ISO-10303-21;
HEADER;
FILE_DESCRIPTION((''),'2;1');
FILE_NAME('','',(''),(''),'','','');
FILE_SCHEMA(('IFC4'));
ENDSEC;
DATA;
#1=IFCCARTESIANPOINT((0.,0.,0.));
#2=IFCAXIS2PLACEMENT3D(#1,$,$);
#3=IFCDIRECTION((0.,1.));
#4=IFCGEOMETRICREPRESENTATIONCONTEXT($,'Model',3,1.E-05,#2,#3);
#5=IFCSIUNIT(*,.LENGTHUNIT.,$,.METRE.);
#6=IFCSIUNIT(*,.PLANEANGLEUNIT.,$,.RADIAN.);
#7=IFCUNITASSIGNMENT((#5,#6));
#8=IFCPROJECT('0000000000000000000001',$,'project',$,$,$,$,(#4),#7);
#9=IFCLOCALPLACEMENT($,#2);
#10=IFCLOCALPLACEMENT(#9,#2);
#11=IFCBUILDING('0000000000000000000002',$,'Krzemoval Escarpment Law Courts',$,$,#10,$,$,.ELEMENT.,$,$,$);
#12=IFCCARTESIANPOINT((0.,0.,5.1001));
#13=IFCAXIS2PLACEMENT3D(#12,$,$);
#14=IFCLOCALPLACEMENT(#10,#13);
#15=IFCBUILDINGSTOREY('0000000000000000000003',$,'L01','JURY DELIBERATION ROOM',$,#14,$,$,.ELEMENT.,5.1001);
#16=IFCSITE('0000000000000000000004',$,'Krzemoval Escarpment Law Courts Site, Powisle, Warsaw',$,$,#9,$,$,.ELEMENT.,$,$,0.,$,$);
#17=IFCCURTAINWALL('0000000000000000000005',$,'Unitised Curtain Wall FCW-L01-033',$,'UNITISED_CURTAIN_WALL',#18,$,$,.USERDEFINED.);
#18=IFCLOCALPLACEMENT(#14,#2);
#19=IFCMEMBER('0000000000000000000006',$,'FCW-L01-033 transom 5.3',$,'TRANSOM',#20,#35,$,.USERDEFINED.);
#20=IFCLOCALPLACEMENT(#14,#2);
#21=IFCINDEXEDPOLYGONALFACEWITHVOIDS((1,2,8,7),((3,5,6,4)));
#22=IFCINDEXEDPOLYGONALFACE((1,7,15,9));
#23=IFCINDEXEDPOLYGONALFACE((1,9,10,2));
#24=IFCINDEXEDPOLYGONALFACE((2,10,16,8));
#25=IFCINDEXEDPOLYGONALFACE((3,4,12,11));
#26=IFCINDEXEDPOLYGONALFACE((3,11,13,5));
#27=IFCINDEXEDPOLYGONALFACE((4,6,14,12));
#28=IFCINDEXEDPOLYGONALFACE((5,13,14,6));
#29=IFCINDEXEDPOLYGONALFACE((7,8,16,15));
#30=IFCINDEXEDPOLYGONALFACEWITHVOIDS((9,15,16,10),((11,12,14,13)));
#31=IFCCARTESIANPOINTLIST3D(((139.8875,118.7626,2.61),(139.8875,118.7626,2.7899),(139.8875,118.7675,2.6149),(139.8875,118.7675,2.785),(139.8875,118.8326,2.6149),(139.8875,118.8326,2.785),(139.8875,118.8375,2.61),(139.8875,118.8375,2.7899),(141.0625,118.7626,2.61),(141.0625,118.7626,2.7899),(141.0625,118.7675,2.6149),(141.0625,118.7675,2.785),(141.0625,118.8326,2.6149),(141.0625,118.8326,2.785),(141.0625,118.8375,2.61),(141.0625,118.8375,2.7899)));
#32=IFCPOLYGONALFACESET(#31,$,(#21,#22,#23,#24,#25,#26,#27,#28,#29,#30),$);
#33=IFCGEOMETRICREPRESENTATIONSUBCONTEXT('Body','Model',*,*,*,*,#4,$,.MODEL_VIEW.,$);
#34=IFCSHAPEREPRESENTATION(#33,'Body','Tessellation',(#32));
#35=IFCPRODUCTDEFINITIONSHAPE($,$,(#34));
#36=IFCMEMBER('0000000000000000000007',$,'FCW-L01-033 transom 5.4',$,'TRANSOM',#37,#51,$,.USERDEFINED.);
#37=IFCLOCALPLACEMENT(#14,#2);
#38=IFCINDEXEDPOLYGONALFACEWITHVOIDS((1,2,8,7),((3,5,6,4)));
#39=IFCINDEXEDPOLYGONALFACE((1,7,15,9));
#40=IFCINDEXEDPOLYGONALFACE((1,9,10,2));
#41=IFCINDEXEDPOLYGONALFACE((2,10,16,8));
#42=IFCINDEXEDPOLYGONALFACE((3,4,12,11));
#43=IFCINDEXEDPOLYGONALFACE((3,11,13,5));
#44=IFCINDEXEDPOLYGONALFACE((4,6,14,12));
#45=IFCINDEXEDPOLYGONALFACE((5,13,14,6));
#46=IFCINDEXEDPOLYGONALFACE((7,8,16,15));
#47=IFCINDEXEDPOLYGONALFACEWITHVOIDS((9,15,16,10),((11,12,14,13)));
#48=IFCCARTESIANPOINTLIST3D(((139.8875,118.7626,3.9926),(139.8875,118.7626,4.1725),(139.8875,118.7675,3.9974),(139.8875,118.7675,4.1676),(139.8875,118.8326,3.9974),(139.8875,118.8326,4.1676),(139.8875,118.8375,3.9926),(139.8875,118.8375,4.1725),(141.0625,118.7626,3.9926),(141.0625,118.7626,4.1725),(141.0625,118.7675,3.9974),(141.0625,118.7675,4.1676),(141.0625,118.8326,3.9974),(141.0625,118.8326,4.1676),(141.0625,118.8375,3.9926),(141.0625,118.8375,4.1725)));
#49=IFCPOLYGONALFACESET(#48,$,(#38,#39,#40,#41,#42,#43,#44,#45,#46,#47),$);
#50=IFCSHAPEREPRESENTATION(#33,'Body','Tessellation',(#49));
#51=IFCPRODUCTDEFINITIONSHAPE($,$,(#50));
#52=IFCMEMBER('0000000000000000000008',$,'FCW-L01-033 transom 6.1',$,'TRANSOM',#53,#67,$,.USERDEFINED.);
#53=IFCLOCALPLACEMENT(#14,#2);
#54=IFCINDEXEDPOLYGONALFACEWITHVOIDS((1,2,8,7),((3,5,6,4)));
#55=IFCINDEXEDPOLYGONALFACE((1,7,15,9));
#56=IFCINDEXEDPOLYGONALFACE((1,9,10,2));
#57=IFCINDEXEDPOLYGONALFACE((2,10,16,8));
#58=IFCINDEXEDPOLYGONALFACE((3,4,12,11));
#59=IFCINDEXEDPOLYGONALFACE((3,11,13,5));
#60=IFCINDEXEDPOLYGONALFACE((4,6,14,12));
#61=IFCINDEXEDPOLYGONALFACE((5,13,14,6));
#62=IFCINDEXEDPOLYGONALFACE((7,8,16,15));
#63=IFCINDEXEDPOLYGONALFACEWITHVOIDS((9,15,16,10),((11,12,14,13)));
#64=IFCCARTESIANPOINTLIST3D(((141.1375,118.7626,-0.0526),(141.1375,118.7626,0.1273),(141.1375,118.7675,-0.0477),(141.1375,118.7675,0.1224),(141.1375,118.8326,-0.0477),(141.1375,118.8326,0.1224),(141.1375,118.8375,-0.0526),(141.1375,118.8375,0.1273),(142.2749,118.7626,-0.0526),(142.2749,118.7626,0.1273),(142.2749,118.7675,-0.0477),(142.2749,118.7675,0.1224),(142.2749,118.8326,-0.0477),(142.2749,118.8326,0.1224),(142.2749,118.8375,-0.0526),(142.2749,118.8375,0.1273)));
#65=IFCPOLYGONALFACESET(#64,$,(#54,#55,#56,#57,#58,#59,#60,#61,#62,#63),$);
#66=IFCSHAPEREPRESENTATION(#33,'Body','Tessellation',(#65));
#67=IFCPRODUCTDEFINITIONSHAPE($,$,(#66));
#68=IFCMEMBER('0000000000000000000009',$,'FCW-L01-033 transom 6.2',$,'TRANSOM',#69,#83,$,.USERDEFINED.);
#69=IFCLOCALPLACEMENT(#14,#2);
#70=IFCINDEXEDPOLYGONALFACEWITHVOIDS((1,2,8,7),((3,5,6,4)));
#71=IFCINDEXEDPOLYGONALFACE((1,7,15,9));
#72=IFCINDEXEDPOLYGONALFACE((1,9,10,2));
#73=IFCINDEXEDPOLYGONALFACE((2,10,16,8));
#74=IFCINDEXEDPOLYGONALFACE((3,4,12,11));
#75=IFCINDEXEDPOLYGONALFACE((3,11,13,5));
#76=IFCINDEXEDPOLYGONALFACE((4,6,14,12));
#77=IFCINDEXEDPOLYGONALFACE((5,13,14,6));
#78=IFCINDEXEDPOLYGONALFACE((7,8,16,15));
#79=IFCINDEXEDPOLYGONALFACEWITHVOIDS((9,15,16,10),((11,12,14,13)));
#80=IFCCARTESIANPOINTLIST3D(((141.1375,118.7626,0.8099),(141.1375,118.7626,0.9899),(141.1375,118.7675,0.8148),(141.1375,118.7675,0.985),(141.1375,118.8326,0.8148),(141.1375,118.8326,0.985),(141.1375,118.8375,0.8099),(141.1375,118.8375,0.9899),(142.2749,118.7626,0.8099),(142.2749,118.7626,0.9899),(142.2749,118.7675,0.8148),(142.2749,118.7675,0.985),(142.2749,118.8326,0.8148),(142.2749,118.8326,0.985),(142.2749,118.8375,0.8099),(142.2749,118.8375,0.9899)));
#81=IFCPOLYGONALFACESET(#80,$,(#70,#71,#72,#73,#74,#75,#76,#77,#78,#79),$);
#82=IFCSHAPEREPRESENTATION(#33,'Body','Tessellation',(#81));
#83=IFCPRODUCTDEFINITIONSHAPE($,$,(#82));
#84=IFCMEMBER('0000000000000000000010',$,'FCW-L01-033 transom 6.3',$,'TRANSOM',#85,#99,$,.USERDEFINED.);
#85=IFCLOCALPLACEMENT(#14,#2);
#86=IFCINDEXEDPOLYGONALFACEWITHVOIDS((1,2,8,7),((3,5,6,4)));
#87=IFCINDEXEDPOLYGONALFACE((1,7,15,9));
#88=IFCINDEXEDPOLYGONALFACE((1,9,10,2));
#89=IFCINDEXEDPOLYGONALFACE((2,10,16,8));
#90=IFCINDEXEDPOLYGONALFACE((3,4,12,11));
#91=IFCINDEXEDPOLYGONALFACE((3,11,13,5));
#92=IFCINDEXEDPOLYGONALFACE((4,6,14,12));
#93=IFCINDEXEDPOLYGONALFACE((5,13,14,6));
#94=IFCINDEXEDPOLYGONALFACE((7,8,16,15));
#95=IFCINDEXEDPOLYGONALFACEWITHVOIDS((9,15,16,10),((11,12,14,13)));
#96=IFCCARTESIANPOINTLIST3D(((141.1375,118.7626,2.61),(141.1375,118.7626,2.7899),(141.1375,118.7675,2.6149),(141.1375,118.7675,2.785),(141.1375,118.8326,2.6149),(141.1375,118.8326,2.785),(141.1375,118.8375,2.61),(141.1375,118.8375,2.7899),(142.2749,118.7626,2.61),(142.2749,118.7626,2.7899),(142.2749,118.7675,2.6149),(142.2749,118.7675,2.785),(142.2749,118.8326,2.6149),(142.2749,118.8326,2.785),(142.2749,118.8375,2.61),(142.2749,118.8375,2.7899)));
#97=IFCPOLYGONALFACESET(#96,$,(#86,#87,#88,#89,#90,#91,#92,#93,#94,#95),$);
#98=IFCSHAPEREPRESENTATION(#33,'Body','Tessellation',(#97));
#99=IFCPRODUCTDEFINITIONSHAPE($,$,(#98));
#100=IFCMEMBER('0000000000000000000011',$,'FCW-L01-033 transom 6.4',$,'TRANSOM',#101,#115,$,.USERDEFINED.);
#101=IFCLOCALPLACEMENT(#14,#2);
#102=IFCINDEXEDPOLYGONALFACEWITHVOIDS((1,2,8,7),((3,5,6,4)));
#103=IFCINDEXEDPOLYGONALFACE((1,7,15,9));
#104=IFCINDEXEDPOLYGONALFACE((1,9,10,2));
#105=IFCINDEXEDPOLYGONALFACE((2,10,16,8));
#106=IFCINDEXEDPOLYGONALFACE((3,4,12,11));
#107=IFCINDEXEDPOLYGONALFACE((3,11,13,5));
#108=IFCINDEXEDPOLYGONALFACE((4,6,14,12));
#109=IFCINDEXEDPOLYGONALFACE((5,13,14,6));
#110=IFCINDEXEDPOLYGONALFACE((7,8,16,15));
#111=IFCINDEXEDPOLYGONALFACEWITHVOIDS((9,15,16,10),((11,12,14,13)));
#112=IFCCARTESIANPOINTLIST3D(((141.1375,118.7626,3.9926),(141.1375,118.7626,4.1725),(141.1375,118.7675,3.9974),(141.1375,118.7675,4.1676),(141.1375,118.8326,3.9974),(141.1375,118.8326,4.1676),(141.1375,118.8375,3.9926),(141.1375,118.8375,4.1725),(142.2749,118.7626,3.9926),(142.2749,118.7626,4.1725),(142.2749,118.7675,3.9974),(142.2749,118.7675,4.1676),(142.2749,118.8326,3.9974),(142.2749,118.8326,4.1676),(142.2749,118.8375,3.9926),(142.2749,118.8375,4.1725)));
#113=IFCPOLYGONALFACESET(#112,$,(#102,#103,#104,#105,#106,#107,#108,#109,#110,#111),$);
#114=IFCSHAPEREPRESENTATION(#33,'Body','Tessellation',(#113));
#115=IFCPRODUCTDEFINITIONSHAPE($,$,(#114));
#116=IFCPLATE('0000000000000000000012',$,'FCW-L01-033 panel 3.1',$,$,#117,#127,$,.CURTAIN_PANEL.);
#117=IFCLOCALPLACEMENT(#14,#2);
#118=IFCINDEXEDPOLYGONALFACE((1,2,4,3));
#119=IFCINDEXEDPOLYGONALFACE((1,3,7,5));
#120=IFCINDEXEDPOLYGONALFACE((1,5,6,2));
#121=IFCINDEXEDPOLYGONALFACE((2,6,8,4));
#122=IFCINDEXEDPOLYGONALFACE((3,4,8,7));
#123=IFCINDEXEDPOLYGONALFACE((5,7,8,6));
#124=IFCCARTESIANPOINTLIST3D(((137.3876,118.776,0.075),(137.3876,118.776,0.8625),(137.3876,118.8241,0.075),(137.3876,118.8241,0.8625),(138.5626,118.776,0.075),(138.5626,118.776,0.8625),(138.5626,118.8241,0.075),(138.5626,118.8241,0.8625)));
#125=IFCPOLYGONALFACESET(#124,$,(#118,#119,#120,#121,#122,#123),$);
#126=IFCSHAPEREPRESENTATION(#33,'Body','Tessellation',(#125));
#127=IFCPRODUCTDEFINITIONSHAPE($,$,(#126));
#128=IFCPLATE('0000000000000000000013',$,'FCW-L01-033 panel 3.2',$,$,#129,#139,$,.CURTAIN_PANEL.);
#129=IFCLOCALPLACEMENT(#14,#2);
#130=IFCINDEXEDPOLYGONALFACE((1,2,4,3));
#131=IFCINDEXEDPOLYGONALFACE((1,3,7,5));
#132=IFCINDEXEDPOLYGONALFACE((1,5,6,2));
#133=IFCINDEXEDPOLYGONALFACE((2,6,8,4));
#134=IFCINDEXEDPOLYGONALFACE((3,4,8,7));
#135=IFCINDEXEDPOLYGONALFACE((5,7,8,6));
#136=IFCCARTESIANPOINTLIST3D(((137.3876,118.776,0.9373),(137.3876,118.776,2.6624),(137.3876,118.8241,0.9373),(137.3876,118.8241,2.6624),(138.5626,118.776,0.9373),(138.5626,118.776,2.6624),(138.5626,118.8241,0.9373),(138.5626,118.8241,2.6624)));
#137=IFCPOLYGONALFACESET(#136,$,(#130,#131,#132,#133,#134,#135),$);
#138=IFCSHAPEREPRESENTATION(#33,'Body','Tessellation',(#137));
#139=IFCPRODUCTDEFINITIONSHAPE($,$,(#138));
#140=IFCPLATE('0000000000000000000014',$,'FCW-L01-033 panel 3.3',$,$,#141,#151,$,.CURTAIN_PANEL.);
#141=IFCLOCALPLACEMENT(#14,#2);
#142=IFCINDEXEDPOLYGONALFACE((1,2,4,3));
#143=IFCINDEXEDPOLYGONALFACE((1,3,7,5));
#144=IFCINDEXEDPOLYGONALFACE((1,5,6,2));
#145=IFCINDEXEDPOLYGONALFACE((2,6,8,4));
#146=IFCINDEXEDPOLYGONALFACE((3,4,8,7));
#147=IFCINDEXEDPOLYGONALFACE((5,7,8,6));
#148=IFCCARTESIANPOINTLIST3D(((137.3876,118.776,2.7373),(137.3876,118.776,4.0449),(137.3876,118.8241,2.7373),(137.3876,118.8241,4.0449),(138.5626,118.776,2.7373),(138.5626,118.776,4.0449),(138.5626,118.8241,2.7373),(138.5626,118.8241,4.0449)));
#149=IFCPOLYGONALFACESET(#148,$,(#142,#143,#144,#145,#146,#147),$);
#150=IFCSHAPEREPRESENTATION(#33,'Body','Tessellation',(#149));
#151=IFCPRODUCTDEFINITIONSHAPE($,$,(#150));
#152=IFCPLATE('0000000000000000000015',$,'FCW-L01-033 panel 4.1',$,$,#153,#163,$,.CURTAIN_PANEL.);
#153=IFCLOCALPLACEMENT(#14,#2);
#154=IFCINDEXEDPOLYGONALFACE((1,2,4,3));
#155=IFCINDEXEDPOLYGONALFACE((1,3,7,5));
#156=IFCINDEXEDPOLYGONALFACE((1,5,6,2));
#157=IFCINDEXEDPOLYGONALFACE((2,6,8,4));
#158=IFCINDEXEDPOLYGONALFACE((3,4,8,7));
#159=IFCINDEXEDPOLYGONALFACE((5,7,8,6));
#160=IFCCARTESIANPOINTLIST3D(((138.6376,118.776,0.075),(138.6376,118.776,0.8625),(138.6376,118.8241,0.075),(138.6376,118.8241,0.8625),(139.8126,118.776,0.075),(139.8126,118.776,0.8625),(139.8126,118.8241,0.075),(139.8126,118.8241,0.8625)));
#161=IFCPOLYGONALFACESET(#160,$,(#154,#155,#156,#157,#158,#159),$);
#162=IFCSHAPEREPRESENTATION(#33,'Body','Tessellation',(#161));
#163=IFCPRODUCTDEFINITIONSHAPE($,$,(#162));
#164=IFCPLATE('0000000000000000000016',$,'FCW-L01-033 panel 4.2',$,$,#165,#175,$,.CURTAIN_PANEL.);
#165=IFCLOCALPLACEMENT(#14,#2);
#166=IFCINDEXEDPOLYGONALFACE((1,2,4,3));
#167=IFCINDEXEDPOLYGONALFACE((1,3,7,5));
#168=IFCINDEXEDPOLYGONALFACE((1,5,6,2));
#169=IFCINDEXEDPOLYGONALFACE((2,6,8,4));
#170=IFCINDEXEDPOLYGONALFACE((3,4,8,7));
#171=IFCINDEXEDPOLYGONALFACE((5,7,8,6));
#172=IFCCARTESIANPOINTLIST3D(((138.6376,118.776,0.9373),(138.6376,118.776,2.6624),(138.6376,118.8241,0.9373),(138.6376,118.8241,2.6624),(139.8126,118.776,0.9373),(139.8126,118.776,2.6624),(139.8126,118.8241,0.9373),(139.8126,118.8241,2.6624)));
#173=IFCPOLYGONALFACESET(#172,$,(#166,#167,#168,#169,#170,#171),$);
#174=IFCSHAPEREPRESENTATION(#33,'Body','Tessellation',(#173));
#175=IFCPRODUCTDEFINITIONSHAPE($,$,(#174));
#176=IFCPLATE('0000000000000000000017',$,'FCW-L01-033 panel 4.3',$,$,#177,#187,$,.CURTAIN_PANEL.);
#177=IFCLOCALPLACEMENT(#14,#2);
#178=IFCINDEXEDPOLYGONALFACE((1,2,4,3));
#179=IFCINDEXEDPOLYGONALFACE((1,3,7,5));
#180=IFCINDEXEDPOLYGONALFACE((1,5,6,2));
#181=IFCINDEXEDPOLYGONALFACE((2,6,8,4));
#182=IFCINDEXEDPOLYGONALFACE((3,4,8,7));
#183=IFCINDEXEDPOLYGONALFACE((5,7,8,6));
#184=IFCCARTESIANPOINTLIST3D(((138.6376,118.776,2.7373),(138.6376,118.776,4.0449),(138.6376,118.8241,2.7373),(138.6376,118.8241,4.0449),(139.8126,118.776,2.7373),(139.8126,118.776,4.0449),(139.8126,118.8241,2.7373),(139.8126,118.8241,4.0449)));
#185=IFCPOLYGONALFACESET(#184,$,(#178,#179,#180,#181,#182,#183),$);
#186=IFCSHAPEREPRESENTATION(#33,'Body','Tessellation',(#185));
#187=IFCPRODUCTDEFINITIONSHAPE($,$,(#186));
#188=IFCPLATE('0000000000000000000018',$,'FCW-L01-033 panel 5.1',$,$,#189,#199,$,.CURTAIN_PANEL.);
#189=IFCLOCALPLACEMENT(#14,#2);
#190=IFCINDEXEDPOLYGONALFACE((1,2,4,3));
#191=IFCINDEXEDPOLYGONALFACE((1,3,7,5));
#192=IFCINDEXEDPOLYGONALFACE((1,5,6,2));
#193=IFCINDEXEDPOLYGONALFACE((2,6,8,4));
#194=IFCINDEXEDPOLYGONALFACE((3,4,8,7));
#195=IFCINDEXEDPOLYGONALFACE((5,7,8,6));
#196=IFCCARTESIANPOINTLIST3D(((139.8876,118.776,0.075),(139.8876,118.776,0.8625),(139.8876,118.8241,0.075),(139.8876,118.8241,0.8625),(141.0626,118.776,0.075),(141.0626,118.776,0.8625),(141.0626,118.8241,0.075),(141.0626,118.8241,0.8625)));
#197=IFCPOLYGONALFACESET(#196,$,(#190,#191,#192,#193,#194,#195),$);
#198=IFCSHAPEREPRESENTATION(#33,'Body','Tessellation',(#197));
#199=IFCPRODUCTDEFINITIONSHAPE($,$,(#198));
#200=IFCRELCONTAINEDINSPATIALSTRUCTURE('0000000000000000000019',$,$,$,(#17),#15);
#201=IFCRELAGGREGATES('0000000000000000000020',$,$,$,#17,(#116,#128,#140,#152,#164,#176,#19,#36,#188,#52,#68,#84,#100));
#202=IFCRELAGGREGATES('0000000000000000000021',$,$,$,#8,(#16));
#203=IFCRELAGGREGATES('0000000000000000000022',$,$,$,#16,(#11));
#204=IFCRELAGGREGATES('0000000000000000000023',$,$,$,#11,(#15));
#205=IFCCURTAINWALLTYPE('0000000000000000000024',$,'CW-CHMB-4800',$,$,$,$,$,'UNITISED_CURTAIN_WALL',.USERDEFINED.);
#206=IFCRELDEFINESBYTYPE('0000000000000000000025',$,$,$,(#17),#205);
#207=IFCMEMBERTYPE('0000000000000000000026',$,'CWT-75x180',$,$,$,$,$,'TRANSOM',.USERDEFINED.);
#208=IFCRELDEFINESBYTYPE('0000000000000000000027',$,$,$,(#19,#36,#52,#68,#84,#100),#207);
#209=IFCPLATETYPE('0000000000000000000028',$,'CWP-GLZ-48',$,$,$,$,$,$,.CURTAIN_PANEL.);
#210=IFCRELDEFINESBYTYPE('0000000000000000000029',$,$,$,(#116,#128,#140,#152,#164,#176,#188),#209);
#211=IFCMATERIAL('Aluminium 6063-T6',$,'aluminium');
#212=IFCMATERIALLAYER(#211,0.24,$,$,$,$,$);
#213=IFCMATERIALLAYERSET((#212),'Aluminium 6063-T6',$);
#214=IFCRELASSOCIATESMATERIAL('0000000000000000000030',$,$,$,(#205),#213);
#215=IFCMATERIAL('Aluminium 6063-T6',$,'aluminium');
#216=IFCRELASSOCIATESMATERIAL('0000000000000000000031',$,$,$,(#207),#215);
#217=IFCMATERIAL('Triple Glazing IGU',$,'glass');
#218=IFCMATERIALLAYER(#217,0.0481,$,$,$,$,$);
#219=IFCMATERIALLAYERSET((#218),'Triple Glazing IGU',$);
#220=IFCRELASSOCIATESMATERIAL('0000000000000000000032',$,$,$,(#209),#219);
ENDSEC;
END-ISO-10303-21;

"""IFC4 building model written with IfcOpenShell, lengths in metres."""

from ifc_helpers import new_model, si_unit, direction, frame, origin, origin_2d, place, context, subcontext, project, spatial, rectangle, hollow_rectangle, extrude, material, layer, layer_set, material_profile, profile_set, type_object, element, aggregate, save


model = new_model("IFC4")

# Units and contexts
model_context = context("Model", 3, precision=1e-05, world=origin(), true_north=direction((0.0, 1.0)))
body_context = subcontext(model_context, "Body", "Model", "MODEL_VIEW")
ifc_project = project(units=[si_unit("LENGTHUNIT", "METRE"), si_unit("PLANEANGLEUNIT", "RADIAN")], contexts=[model_context])

# Site, building, storey
site_placement = place(None, origin())
site = spatial("IfcSite", under=ifc_project, at=site_placement, Name="Krzemoval Escarpment Law Courts Site, Powisle, Warsaw", CompositionType="ELEMENT", RefElevation=0.0)
building_placement = place(site_placement, origin())
building = spatial("IfcBuilding", under=site, at=building_placement, Name="Krzemoval Escarpment Law Courts", CompositionType="ELEMENT")
storey_placement = place(building_placement, frame((0.0, 0.0, 5.1001)))
storey = spatial("IfcBuildingStorey", under=building, at=storey_placement, Name="L01", Description="JURY DELIBERATION ROOM", CompositionType="ELEMENT", Elevation=5.1001)

# Curtain wall, members, plates
ifc_material_1 = material(Name="Aluminium 6063-T6", Category="aluminium")
ifc_layer_1 = layer(ifc_material_1, 0.24)
ifc_layer_set_1 = layer_set([ifc_layer_1], Name="Aluminium 6063-T6")
curtain_wall_type = type_object("IfcCurtainWallType", Name="CW-CHMB-4800", ElementType="UNITISED_CURTAIN_WALL", PredefinedType="USERDEFINED", material=ifc_layer_set_1)
curtain_wall_placement = place(storey_placement, origin())
curtain_wall = element("IfcCurtainWall", 1, at=curtain_wall_placement, inside=storey, type_object=curtain_wall_type, Name="Unitised Curtain Wall FCW-L01-033", ObjectType="UNITISED_CURTAIN_WALL", PredefinedType="USERDEFINED")
ifc_material_2 = material(Name="Aluminium 6063-T6", Category="aluminium")
ifc_material_profile_1 = material_profile(ifc_material_2, hollow_rectangle(XDim=0.075, YDim=0.1799, WallThickness=0.0049, at=origin_2d()), Name="ALU T75x180")
ifc_profile_set_1 = profile_set([ifc_material_profile_1], Name="Aluminium 6063-T6")
member_type_1 = type_object("IfcMemberType", Name="CWT-75x180", ElementType="TRANSOM", PredefinedType="USERDEFINED", material=ifc_profile_set_1)
member_1_placement = place(storey_placement, frame((139.8875, 118.8, 2.7), z_axis=(1.0, 0.0, 0.0), x_axis=(0.0, 1.0, 0.0)))
member_1 = element("IfcMember", 2, at=member_1_placement, type_object=member_type_1, Name="FCW-L01-033 transom 5.3", ObjectType="TRANSOM", PredefinedType="USERDEFINED", context=body_context, shape_type="SweptSolid", body=[
    extrude(hollow_rectangle(XDim=0.075, YDim=0.1799, WallThickness=0.0049, at=origin_2d()), origin(), (0.0, 0.0, 1.0), 1.175),
])
member_2_placement = place(storey_placement, frame((139.8875, 118.8, 4.0825), z_axis=(1.0, 0.0, 0.0), x_axis=(0.0, 1.0, 0.0)))
member_2 = element("IfcMember", 3, at=member_2_placement, type_object=member_type_1, Name="FCW-L01-033 transom 5.4", ObjectType="TRANSOM", PredefinedType="USERDEFINED", context=body_context, shape_type="SweptSolid", body=[
    extrude(hollow_rectangle(XDim=0.075, YDim=0.1799, WallThickness=0.0049, at=origin_2d()), origin(), (0.0, 0.0, 1.0), 1.175),
])
member_3_placement = place(storey_placement, frame((141.1375, 118.8, 0.0374), z_axis=(1.0, 0.0, 0.0), x_axis=(0.0, 1.0, 0.0)))
member_3 = element("IfcMember", 4, at=member_3_placement, type_object=member_type_1, Name="FCW-L01-033 transom 6.1", ObjectType="TRANSOM", PredefinedType="USERDEFINED", context=body_context, shape_type="SweptSolid", body=[
    extrude(hollow_rectangle(XDim=0.075, YDim=0.1799, WallThickness=0.0049, at=origin_2d()), origin(), (0.0, 0.0, 1.0), 1.1375),
])
member_4_placement = place(storey_placement, frame((141.1375, 118.8, 0.8999), z_axis=(1.0, 0.0, 0.0), x_axis=(0.0, 1.0, 0.0)))
member_4 = element("IfcMember", 5, at=member_4_placement, type_object=member_type_1, Name="FCW-L01-033 transom 6.2", ObjectType="TRANSOM", PredefinedType="USERDEFINED", context=body_context, shape_type="SweptSolid", body=[
    extrude(hollow_rectangle(XDim=0.075, YDim=0.1799, WallThickness=0.0049, at=origin_2d()), origin(), (0.0, 0.0, 1.0), 1.1375),
])
member_5_placement = place(storey_placement, frame((141.1375, 118.8, 2.7), z_axis=(1.0, 0.0, 0.0), x_axis=(0.0, 1.0, 0.0)))
member_5 = element("IfcMember", 6, at=member_5_placement, type_object=member_type_1, Name="FCW-L01-033 transom 6.3", ObjectType="TRANSOM", PredefinedType="USERDEFINED", context=body_context, shape_type="SweptSolid", body=[
    extrude(hollow_rectangle(XDim=0.075, YDim=0.1799, WallThickness=0.0049, at=origin_2d()), origin(), (0.0, 0.0, 1.0), 1.1375),
])
member_6_placement = place(storey_placement, frame((141.1375, 118.8, 4.0825), z_axis=(1.0, 0.0, 0.0), x_axis=(0.0, 1.0, 0.0)))
member_6 = element("IfcMember", 7, at=member_6_placement, type_object=member_type_1, Name="FCW-L01-033 transom 6.4", ObjectType="TRANSOM", PredefinedType="USERDEFINED", context=body_context, shape_type="SweptSolid", body=[
    extrude(hollow_rectangle(XDim=0.075, YDim=0.1799, WallThickness=0.0049, at=origin_2d()), origin(), (0.0, 0.0, 1.0), 1.1375),
])
ifc_material_3 = material(Name="Triple Glazing IGU", Category="glass")
ifc_layer_2 = layer(ifc_material_3, 0.0481)
ifc_layer_set_2 = layer_set([ifc_layer_2], Name="Triple Glazing IGU")
plate_type = type_object("IfcPlateType", Name="CWP-GLZ-48", PredefinedType="CURTAIN_PANEL", material=ifc_layer_set_2)
plate_1_placement = place(storey_placement, frame((137.9751, 118.8, 0.075), z_axis=(0.0, 0.0, 1.0), x_axis=(1.0, 0.0, 0.0)))
plate_1 = element("IfcPlate", 8, at=plate_1_placement, type_object=plate_type, Name="FCW-L01-033 panel 3.1", PredefinedType="CURTAIN_PANEL", context=body_context, shape_type="SweptSolid", body=[
    extrude(rectangle(XDim=1.175, YDim=0.0481, at=origin_2d()), origin(), (0.0, 0.0, 1.0), 0.7876),
])
plate_2_placement = place(storey_placement, frame((137.9751, 118.8, 0.9373), z_axis=(0.0, 0.0, 1.0), x_axis=(1.0, 0.0, 0.0)))
plate_2 = element("IfcPlate", 9, at=plate_2_placement, type_object=plate_type, Name="FCW-L01-033 panel 3.2", PredefinedType="CURTAIN_PANEL", context=body_context, shape_type="SweptSolid", body=[
    extrude(rectangle(XDim=1.175, YDim=0.0481, at=origin_2d()), origin(), (0.0, 0.0, 1.0), 1.7251),
])
plate_3_placement = place(storey_placement, frame((137.9751, 118.8, 2.7373), z_axis=(0.0, 0.0, 1.0), x_axis=(1.0, 0.0, 0.0)))
plate_3 = element("IfcPlate", 10, at=plate_3_placement, type_object=plate_type, Name="FCW-L01-033 panel 3.3", PredefinedType="CURTAIN_PANEL", context=body_context, shape_type="SweptSolid", body=[
    extrude(rectangle(XDim=1.175, YDim=0.0481, at=origin_2d()), origin(), (0.0, 0.0, 1.0), 1.3076),
])
plate_4_placement = place(storey_placement, frame((139.2251, 118.8, 0.075), z_axis=(0.0, 0.0, 1.0), x_axis=(1.0, 0.0, 0.0)))
plate_4 = element("IfcPlate", 11, at=plate_4_placement, type_object=plate_type, Name="FCW-L01-033 panel 4.1", PredefinedType="CURTAIN_PANEL", context=body_context, shape_type="SweptSolid", body=[
    extrude(rectangle(XDim=1.175, YDim=0.0481, at=origin_2d()), origin(), (0.0, 0.0, 1.0), 0.7876),
])
plate_5_placement = place(storey_placement, frame((139.2251, 118.8, 0.9373), z_axis=(0.0, 0.0, 1.0), x_axis=(1.0, 0.0, 0.0)))
plate_5 = element("IfcPlate", 12, at=plate_5_placement, type_object=plate_type, Name="FCW-L01-033 panel 4.2", PredefinedType="CURTAIN_PANEL", context=body_context, shape_type="SweptSolid", body=[
    extrude(rectangle(XDim=1.175, YDim=0.0481, at=origin_2d()), origin(), (0.0, 0.0, 1.0), 1.7251),
])
plate_6_placement = place(storey_placement, frame((139.2251, 118.8, 2.7373), z_axis=(0.0, 0.0, 1.0), x_axis=(1.0, 0.0, 0.0)))
plate_6 = element("IfcPlate", 13, at=plate_6_placement, type_object=plate_type, Name="FCW-L01-033 panel 4.3", PredefinedType="CURTAIN_PANEL", context=body_context, shape_type="SweptSolid", body=[
    extrude(rectangle(XDim=1.175, YDim=0.0481, at=origin_2d()), origin(), (0.0, 0.0, 1.0), 1.3076),
])
plate_7_placement = place(storey_placement, frame((140.4751, 118.8, 0.075), z_axis=(0.0, 0.0, 1.0), x_axis=(1.0, 0.0, 0.0)))
plate_7 = element("IfcPlate", 14, at=plate_7_placement, type_object=plate_type, Name="FCW-L01-033 panel 5.1", PredefinedType="CURTAIN_PANEL", context=body_context, shape_type="SweptSolid", body=[
    extrude(rectangle(XDim=1.175, YDim=0.0481, at=origin_2d()), origin(), (0.0, 0.0, 1.0), 0.7876),
])
aggregate(curtain_wall, [plate_1, plate_2, plate_3, plate_4, plate_5, plate_6, member_1, member_2, plate_7, member_3, member_4, member_5, member_6])

save(model, "model.ifc")
